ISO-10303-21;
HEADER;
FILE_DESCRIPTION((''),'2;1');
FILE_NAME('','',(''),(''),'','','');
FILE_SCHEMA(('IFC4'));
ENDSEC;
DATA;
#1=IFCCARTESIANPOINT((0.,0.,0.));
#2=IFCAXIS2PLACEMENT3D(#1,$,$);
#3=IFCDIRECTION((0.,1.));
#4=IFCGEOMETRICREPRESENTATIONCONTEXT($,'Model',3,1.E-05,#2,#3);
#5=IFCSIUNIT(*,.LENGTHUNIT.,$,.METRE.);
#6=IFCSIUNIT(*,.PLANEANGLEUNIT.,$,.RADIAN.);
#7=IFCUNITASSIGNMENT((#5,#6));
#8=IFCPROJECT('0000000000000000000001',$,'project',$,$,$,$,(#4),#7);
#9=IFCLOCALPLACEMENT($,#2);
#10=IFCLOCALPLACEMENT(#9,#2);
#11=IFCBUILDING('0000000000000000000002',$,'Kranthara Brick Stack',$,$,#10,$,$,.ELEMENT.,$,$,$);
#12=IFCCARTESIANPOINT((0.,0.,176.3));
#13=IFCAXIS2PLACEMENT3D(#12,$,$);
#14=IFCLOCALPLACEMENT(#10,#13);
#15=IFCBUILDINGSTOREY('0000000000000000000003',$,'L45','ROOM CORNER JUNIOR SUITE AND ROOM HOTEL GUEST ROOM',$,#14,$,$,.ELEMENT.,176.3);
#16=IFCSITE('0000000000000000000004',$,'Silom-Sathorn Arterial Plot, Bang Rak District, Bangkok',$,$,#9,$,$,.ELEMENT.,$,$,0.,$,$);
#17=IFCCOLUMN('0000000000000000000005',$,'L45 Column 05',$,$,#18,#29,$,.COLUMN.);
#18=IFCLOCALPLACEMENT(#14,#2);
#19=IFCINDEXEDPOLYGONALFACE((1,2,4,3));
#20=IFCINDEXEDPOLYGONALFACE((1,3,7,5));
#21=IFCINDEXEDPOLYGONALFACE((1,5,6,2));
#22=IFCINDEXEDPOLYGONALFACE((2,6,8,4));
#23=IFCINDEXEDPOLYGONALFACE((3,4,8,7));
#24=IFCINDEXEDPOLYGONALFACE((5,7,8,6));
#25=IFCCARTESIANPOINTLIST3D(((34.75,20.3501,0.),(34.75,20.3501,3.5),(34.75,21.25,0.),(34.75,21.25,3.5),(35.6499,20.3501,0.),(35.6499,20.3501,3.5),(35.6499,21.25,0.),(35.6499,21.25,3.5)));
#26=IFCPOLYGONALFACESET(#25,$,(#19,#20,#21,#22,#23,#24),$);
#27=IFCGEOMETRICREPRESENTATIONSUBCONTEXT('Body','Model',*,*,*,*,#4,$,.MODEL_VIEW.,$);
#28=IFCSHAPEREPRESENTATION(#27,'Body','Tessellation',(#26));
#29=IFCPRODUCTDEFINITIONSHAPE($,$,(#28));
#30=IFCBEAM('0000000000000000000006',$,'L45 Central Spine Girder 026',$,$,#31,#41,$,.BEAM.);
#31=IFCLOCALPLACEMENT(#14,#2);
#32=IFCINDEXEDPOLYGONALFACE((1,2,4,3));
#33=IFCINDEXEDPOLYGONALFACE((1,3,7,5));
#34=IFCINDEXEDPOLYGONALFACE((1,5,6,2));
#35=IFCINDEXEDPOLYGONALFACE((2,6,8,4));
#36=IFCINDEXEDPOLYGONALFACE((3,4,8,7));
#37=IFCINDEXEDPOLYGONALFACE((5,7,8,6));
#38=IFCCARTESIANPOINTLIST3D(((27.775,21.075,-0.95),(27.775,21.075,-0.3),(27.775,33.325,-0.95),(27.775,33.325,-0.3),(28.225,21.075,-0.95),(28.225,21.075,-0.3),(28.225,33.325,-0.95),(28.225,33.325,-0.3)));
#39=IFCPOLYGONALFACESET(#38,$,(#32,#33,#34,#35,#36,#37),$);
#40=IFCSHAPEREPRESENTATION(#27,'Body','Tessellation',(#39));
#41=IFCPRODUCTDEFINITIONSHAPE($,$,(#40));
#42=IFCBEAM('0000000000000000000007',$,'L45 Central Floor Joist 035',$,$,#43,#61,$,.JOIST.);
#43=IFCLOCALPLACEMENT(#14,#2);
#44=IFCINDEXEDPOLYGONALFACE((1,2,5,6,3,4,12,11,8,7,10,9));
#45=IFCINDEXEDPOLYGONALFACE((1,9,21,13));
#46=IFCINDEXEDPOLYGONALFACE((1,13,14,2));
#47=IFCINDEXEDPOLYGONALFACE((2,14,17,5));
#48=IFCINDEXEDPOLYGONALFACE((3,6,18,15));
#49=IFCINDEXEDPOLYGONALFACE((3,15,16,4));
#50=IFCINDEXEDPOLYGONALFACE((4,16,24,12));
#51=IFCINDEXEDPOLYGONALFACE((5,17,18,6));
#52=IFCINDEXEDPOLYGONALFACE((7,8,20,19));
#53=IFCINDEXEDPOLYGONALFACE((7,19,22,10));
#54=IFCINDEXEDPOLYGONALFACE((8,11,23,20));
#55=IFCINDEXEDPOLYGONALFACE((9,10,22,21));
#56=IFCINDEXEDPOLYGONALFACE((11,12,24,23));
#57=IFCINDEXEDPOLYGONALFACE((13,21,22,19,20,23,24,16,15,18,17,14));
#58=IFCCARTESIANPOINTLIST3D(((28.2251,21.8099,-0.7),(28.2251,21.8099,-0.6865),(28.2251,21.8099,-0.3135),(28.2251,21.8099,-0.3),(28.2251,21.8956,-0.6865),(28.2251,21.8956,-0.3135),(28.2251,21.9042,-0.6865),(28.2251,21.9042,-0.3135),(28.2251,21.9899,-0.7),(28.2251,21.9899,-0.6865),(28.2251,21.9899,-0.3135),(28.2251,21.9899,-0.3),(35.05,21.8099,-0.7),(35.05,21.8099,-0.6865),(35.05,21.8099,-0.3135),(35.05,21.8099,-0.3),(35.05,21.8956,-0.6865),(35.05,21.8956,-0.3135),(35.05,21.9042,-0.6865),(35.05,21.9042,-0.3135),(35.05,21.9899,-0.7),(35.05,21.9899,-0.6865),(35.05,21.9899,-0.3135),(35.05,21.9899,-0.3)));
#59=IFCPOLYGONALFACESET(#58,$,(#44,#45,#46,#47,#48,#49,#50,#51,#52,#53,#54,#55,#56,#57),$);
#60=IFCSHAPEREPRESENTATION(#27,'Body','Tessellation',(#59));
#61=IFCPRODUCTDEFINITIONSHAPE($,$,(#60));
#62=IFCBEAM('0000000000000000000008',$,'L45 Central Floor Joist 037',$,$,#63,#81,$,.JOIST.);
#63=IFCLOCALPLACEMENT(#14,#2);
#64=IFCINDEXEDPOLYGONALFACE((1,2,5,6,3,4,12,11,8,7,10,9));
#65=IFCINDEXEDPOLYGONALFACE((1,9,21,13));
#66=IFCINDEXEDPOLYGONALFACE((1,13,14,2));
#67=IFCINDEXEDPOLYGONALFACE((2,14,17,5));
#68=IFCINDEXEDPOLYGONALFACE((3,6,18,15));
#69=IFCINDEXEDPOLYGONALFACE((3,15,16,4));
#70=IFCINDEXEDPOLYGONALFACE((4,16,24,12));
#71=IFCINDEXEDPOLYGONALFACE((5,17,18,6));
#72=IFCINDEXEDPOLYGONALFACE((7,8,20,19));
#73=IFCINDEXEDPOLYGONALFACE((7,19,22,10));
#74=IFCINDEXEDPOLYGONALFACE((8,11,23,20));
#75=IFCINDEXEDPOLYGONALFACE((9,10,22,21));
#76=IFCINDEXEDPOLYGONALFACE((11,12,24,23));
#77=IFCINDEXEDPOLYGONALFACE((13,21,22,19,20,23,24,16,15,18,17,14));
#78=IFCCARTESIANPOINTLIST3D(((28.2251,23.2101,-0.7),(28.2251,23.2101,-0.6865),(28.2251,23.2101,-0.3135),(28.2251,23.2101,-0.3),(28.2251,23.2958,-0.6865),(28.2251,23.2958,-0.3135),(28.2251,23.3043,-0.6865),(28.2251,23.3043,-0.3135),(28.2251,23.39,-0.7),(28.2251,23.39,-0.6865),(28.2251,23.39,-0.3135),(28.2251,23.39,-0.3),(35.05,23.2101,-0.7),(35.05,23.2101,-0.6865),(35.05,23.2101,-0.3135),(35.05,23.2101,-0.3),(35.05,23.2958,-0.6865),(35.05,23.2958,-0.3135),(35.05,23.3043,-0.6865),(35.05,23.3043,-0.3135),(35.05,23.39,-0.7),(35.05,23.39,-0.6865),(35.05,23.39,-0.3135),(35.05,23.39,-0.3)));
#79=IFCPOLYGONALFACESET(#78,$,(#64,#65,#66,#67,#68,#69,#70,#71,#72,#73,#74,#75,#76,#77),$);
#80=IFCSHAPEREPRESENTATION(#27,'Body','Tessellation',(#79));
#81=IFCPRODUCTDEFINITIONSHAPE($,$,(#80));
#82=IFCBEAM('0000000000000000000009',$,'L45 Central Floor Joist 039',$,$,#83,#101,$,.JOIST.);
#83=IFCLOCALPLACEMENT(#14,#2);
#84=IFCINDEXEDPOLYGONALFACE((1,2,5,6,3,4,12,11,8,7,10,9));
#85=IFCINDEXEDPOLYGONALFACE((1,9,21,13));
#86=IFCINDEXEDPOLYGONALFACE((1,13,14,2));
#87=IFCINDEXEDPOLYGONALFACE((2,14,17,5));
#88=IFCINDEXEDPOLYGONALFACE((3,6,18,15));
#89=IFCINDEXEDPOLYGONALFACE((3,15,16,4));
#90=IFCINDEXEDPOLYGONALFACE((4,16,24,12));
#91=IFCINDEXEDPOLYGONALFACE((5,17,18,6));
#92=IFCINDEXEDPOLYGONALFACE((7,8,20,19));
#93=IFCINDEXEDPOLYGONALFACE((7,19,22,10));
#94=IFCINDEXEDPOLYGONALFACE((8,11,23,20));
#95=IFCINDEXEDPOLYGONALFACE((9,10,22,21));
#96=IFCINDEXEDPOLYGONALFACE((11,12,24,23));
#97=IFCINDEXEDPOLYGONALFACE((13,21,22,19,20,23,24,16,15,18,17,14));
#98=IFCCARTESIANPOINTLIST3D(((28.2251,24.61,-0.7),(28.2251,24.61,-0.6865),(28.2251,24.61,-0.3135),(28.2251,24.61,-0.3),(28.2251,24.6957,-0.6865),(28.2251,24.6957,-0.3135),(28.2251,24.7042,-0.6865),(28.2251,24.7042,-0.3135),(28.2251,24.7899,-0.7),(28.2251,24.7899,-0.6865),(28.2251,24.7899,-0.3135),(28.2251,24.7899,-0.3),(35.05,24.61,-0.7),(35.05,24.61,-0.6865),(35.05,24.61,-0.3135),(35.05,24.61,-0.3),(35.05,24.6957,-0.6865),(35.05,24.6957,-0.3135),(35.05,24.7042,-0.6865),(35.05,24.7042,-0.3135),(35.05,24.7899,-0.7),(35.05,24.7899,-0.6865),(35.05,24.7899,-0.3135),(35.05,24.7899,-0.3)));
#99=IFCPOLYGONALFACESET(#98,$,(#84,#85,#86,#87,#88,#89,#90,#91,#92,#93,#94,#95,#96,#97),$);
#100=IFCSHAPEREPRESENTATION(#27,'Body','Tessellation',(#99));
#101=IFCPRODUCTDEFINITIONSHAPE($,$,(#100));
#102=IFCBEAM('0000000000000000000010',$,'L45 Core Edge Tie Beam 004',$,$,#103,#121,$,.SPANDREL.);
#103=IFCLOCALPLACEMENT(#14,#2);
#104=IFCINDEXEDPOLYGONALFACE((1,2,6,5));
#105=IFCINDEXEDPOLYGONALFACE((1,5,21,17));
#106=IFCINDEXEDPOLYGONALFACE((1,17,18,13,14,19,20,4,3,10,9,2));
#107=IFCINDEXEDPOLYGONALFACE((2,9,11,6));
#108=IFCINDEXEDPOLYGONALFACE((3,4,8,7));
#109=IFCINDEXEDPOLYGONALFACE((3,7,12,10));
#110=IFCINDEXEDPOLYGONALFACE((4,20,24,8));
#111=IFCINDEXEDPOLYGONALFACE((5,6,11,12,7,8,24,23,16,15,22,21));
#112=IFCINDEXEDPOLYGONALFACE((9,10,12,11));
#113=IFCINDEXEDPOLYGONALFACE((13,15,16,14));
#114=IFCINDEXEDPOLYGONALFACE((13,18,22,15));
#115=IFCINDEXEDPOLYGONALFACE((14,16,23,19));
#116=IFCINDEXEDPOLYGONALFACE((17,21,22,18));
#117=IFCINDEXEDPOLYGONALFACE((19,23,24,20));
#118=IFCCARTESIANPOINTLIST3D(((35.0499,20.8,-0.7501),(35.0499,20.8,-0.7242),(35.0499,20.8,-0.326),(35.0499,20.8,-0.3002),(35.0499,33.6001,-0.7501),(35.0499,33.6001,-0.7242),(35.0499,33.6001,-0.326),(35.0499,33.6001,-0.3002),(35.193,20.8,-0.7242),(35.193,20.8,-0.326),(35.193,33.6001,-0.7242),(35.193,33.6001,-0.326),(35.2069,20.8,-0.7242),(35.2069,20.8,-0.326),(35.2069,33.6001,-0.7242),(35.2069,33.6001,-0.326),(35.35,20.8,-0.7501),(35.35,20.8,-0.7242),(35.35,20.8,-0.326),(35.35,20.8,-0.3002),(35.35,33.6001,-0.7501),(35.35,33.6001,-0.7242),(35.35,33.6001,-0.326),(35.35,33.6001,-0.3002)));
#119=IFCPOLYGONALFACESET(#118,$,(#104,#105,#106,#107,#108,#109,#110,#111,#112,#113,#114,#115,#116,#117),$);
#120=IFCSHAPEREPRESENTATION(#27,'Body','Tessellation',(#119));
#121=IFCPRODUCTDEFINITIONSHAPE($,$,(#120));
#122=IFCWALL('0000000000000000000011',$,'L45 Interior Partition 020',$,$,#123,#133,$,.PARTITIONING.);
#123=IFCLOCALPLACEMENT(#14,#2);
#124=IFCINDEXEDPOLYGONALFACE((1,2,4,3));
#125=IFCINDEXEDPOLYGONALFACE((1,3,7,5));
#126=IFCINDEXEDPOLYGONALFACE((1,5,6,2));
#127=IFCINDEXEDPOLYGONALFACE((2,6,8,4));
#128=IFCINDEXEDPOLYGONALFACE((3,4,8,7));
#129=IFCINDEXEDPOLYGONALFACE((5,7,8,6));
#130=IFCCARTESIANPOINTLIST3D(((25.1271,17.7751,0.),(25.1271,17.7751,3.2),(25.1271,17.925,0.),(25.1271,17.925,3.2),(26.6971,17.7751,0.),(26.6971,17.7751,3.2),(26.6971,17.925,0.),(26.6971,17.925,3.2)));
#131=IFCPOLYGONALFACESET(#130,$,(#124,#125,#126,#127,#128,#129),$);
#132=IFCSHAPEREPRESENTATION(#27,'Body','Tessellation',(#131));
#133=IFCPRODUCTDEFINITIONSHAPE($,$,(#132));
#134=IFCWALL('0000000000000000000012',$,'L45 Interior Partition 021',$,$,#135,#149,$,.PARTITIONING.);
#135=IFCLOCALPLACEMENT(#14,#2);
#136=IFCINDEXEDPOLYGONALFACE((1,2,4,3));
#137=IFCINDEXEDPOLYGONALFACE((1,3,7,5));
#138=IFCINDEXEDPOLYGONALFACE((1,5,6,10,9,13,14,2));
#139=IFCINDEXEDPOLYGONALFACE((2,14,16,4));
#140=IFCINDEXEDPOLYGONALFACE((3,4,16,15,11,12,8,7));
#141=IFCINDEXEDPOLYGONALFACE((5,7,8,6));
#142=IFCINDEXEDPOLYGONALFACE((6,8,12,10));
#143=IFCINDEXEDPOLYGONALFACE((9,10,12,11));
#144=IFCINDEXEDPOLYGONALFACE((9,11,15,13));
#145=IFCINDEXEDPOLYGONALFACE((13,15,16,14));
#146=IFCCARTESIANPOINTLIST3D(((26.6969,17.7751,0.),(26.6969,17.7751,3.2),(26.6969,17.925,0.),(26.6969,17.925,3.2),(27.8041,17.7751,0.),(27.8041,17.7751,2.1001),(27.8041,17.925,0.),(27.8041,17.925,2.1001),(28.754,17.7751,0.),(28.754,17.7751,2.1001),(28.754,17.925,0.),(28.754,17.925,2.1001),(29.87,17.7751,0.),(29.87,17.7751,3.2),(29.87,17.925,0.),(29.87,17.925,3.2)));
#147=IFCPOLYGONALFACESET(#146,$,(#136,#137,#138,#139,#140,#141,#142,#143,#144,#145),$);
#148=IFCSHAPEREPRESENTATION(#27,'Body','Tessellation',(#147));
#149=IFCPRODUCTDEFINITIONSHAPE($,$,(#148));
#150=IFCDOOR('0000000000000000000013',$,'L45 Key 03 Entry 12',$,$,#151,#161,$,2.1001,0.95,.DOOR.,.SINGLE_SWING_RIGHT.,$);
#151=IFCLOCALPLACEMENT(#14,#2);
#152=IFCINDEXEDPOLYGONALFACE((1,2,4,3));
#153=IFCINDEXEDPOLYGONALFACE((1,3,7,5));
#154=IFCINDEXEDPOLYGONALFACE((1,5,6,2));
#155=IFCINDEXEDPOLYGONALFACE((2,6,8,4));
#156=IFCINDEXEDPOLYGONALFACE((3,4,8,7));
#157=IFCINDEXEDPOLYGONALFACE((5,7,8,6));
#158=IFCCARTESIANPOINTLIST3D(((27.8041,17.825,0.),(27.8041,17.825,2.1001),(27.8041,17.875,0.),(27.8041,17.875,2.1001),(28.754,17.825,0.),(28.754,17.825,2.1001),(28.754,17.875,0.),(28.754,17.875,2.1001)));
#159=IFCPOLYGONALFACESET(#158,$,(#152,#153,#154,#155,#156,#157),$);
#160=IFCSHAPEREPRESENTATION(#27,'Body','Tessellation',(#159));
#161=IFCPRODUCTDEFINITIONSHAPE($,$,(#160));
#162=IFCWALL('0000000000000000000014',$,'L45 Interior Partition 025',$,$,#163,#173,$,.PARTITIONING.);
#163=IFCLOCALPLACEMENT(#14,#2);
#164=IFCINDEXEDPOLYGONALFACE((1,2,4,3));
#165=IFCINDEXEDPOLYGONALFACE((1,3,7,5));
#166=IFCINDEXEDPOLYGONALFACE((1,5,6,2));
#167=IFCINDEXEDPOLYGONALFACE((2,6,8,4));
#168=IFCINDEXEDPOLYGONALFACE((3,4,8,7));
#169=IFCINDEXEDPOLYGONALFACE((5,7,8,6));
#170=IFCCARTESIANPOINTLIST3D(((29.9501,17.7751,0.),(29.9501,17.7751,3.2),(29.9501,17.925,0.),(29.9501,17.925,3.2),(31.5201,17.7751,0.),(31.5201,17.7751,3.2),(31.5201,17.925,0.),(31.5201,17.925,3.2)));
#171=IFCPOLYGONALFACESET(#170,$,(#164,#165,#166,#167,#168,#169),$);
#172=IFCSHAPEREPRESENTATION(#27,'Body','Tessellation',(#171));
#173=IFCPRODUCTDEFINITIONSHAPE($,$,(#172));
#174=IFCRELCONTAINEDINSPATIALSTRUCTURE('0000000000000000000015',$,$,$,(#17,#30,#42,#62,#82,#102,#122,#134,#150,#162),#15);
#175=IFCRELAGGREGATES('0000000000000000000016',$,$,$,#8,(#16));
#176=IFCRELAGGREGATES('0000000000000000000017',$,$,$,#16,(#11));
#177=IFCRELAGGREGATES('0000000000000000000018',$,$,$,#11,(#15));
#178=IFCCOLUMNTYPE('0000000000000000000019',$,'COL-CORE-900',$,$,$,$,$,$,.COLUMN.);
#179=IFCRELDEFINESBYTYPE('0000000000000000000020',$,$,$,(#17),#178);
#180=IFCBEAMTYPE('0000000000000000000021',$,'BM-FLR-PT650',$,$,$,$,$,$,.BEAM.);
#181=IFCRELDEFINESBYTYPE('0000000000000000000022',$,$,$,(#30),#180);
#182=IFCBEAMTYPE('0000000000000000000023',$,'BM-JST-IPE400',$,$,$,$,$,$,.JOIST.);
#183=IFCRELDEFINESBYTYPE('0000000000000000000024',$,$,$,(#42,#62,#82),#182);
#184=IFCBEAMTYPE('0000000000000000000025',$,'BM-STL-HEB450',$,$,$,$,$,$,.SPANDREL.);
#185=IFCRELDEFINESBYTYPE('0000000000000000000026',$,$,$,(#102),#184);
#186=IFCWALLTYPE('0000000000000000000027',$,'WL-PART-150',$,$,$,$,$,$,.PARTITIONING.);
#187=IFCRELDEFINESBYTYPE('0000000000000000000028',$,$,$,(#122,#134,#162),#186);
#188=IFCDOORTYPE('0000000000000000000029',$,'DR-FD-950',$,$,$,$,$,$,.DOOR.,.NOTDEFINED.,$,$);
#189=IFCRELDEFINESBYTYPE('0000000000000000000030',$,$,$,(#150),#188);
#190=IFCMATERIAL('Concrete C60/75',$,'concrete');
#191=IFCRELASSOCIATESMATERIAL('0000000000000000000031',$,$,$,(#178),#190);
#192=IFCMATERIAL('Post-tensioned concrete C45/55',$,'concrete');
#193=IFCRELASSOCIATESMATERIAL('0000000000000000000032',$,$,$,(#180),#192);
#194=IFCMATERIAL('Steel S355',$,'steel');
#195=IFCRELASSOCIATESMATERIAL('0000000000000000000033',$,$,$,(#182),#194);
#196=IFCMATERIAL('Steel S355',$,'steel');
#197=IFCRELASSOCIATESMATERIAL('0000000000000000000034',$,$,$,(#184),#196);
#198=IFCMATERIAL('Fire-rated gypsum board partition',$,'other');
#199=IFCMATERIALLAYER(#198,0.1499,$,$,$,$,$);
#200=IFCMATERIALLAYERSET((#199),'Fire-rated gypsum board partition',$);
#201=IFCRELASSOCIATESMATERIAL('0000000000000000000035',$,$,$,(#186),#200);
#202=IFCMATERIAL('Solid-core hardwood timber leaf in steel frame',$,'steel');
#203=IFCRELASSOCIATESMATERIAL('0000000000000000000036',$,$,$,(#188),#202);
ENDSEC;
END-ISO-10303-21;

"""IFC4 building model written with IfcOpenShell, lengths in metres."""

from ifc_helpers import new_model, si_unit, direction, frame, frame_2d, origin, origin_2d, place, context, subcontext, project, spatial, rectangle, i_section, extrude, material, layer, layer_set, material_profile, profile_set, type_object, element, fill, save


model = new_model("IFC4")

# Units and contexts
model_context = context("Model", 3, precision=1e-05, world=origin(), true_north=direction((0.0, 1.0)))
body_context = subcontext(model_context, "Body", "Model", "MODEL_VIEW")
ifc_project = project(units=[si_unit("LENGTHUNIT", "METRE"), si_unit("PLANEANGLEUNIT", "RADIAN")], contexts=[model_context])

# Site, building, storey
site_placement = place(None, origin())
site = spatial("IfcSite", under=ifc_project, at=site_placement, Name="Silom-Sathorn Arterial Plot, Bang Rak District, Bangkok", CompositionType="ELEMENT", RefElevation=0.0)
building_placement = place(site_placement, origin())
building = spatial("IfcBuilding", under=site, at=building_placement, Name="Kranthara Brick Stack", CompositionType="ELEMENT")
storey_placement = place(building_placement, frame((0.0, 0.0, 176.3)))
storey = spatial("IfcBuildingStorey", under=building, at=storey_placement, Name="L45", Description="ROOM CORNER JUNIOR SUITE AND ROOM HOTEL GUEST ROOM", CompositionType="ELEMENT", Elevation=176.3)

# Column
ifc_material_1 = material(Name="Concrete C60/75", Category="concrete")
ifc_material_profile_1 = material_profile(ifc_material_1, rectangle(XDim=0.8999, YDim=0.8999, at=origin_2d()), Name="RC 900x900")
ifc_profile_set_1 = profile_set([ifc_material_profile_1], Name="Concrete C60/75")
column_type = type_object("IfcColumnType", Name="COL-CORE-900", PredefinedType="COLUMN", material=ifc_profile_set_1)
column_placement = place(storey_placement, frame((35.2, 20.8, 0.0), z_axis=(0.0, 0.0, 1.0), x_axis=(1.0, 0.0, 0.0)))
element("IfcColumn", 1, at=column_placement, inside=storey, type_object=column_type, Name="L45 Column 05", PredefinedType="COLUMN", context=body_context, shape_type="SweptSolid", body=[
    extrude(rectangle(XDim=0.8999, YDim=0.8999, at=origin_2d()), origin(), (0.0, 0.0, 1.0), 3.5),
])

# Beams
ifc_material_2 = material(Name="Post-tensioned concrete C45/55", Category="concrete")
ifc_material_profile_2 = material_profile(ifc_material_2, rectangle(XDim=0.45, YDim=0.6499, at=origin_2d()), Name="PT 450x650")
ifc_profile_set_2 = profile_set([ifc_material_profile_2], Name="Post-tensioned concrete C45/55")
beam_type_1 = type_object("IfcBeamType", Name="BM-FLR-PT650", PredefinedType="BEAM", material=ifc_profile_set_2)
beam_1_placement = place(storey_placement, frame((28.0, 21.075, -0.625), z_axis=(0.0, 1.0, 0.0), x_axis=(-1.0, 0.0, 0.0)))
element("IfcBeam", 2, at=beam_1_placement, inside=storey, type_object=beam_type_1, Name="L45 Central Spine Girder 026", PredefinedType="BEAM", context=body_context, shape_type="SweptSolid", body=[
    extrude(rectangle(XDim=0.45, YDim=0.6499, at=origin_2d()), origin(), (0.0, 0.0, 1.0), 12.25),
])
ifc_material_3 = material(Name="Steel S355", Category="steel")
ifc_material_profile_3 = material_profile(ifc_material_3, i_section(OverallWidth=0.1799, OverallDepth=0.3999, WebThickness=0.0085, FlangeThickness=0.0134, at=origin_2d()), Name="IPE 400")
ifc_profile_set_3 = profile_set([ifc_material_profile_3], Name="Steel S355")
beam_type_2 = type_object("IfcBeamType", Name="BM-JST-IPE400", PredefinedType="JOIST", material=ifc_profile_set_3)
for number, where, z_axis, x_axis, name in (
    (3, (28.2251, 21.8999, -0.5), (1.0, 0.0, 0.0), (0.0, 1.0, 0.0), "L45 Central Floor Joist 035"),
    (4, (28.2251, 23.3, -0.5), (1.0, 0.0, 0.0), (0.0, 1.0, 0.0), "L45 Central Floor Joist 037"),
    (5, (28.2251, 24.7, -0.5), (1.0, 0.0, 0.0), (0.0, 1.0, 0.0), "L45 Central Floor Joist 039"),
):
    element("IfcBeam", number, at=place(storey_placement, frame(where, z_axis=z_axis, x_axis=x_axis)), inside=storey, type_object=beam_type_2, Name=name, PredefinedType="JOIST", context=body_context, shape_type="SweptSolid", body=[
        extrude(i_section(OverallWidth=0.1799, OverallDepth=0.3999, WebThickness=0.0085, FlangeThickness=0.0134, at=origin_2d()), origin(), (0.0, 0.0, 1.0), 6.825),
    ])
ifc_material_4 = material(Name="Steel S355", Category="steel")
ifc_material_profile_4 = material_profile(ifc_material_4, i_section(OverallWidth=0.3, OverallDepth=0.45, WebThickness=0.0139, FlangeThickness=0.0259, at=origin_2d()), Name="HEB 450")
ifc_profile_set_4 = profile_set([ifc_material_profile_4], Name="Steel S355")
beam_type_3 = type_object("IfcBeamType", Name="BM-STL-HEB450", PredefinedType="SPANDREL", material=ifc_profile_set_4)
beam_2_placement = place(storey_placement, frame((35.2, 20.8, -0.5251), z_axis=(0.0, 1.0, 0.0), x_axis=(-1.0, 0.0, 0.0)))
element("IfcBeam", 6, at=beam_2_placement, inside=storey, type_object=beam_type_3, Name="L45 Core Edge Tie Beam 004", PredefinedType="SPANDREL", context=body_context, shape_type="SweptSolid", body=[
    extrude(i_section(OverallWidth=0.3, OverallDepth=0.45, WebThickness=0.0139, FlangeThickness=0.0259, at=origin_2d()), origin(), (0.0, 0.0, 1.0), 12.8),
])

# Wall
ifc_material_5 = material(Name="Fire-rated gypsum board partition", Category="other")
ifc_layer_1 = layer(ifc_material_5, 0.1499)
ifc_layer_set_1 = layer_set([ifc_layer_1], Name="Fire-rated gypsum board partition")
wall_type_1 = type_object("IfcWallType", Name="WL-PART-150", PredefinedType="PARTITIONING", material=ifc_layer_set_1)
wall_1_placement = place(storey_placement, frame((25.127, 17.8501, 0.0), z_axis=(0.0, 0.0, 1.0), x_axis=(1.0, 0.0, 0.0)))
element("IfcWall", 7, at=wall_1_placement, inside=storey, type_object=wall_type_1, Name="L45 Interior Partition 020", PredefinedType="PARTITIONING", context=body_context, shape_type="SweptSolid", body=[
    extrude(rectangle(XDim=1.5701, YDim=0.1499, at=frame_2d((0.7852, 0.0))), origin(), (0.0, 0.0, 1.0), 3.2),
])

# Wall, opening, door
wall_2_placement = place(storey_placement, frame((26.697, 17.8501, 0.0), z_axis=(0.0, 0.0, 1.0), x_axis=(1.0, 0.0, 0.0)))
wall_2 = element("IfcWall", 8, at=wall_2_placement, inside=storey, type_object=wall_type_1, Name="L45 Interior Partition 021", PredefinedType="PARTITIONING", context=body_context, shape_type="SweptSolid", body=[
    extrude(rectangle(XDim=3.1731, YDim=0.1499, at=frame_2d((1.5864, 0.0))), origin(), (0.0, 0.0, 1.0), 3.2),
])
opening_1_placement = place(wall_2_placement, frame((1.1069, 0.0, 0.0)))
opening_1 = element("IfcOpeningElement", 9, at=opening_1_placement, cuts=wall_2, PredefinedType="OPENING", context=body_context, shape_type="SweptSolid", body=[
    extrude(rectangle(XDim=0.95, YDim=2.1001, at=frame_2d((0.4751, 1.05))), frame((0.0, 0.085, 0.0), z_axis=(0.0, -1.0, 0.0), x_axis=(1.0, 0.0, 0.0)), (0.0, 0.0, 1.0), 0.1699),
])
ifc_material_6 = material(Name="Solid-core hardwood timber leaf in steel frame", Category="steel")
door_type_1 = type_object("IfcDoorType", Name="DR-FD-950", OperationType="NOTDEFINED", PredefinedType="DOOR", material=ifc_material_6)
door_1_placement = place(opening_1_placement, origin())
door_1 = element("IfcDoor", 10, at=door_1_placement, inside=storey, type_object=door_type_1, Name="L45 Key 03 Entry 12", OperationType="SINGLE_SWING_RIGHT", OverallHeight=2.1001, OverallWidth=0.95, PredefinedType="DOOR", context=body_context, shape_type="SweptSolid", body=[
    extrude(rectangle(XDim=0.95, YDim=2.1001, at=frame_2d((0.4751, 1.05))), frame((0.0, 0.0249, 0.0), z_axis=(0.0, -1.0, 0.0), x_axis=(1.0, 0.0, 0.0)), (0.0, 0.0, 1.0), 0.05),
])
fill(opening_1, door_1)

# Wall
wall_3_placement = place(storey_placement, frame((29.95, 17.8501, 0.0), z_axis=(0.0, 0.0, 1.0), x_axis=(1.0, 0.0, 0.0)))
element("IfcWall", 11, at=wall_3_placement, inside=storey, type_object=wall_type_1, Name="L45 Interior Partition 025", PredefinedType="PARTITIONING", context=body_context, shape_type="SweptSolid", body=[
    extrude(rectangle(XDim=1.5701, YDim=0.1499, at=frame_2d((0.7852, 0.0))), origin(), (0.0, 0.0, 1.0), 3.2),
])

save(model, "model.ifc")
